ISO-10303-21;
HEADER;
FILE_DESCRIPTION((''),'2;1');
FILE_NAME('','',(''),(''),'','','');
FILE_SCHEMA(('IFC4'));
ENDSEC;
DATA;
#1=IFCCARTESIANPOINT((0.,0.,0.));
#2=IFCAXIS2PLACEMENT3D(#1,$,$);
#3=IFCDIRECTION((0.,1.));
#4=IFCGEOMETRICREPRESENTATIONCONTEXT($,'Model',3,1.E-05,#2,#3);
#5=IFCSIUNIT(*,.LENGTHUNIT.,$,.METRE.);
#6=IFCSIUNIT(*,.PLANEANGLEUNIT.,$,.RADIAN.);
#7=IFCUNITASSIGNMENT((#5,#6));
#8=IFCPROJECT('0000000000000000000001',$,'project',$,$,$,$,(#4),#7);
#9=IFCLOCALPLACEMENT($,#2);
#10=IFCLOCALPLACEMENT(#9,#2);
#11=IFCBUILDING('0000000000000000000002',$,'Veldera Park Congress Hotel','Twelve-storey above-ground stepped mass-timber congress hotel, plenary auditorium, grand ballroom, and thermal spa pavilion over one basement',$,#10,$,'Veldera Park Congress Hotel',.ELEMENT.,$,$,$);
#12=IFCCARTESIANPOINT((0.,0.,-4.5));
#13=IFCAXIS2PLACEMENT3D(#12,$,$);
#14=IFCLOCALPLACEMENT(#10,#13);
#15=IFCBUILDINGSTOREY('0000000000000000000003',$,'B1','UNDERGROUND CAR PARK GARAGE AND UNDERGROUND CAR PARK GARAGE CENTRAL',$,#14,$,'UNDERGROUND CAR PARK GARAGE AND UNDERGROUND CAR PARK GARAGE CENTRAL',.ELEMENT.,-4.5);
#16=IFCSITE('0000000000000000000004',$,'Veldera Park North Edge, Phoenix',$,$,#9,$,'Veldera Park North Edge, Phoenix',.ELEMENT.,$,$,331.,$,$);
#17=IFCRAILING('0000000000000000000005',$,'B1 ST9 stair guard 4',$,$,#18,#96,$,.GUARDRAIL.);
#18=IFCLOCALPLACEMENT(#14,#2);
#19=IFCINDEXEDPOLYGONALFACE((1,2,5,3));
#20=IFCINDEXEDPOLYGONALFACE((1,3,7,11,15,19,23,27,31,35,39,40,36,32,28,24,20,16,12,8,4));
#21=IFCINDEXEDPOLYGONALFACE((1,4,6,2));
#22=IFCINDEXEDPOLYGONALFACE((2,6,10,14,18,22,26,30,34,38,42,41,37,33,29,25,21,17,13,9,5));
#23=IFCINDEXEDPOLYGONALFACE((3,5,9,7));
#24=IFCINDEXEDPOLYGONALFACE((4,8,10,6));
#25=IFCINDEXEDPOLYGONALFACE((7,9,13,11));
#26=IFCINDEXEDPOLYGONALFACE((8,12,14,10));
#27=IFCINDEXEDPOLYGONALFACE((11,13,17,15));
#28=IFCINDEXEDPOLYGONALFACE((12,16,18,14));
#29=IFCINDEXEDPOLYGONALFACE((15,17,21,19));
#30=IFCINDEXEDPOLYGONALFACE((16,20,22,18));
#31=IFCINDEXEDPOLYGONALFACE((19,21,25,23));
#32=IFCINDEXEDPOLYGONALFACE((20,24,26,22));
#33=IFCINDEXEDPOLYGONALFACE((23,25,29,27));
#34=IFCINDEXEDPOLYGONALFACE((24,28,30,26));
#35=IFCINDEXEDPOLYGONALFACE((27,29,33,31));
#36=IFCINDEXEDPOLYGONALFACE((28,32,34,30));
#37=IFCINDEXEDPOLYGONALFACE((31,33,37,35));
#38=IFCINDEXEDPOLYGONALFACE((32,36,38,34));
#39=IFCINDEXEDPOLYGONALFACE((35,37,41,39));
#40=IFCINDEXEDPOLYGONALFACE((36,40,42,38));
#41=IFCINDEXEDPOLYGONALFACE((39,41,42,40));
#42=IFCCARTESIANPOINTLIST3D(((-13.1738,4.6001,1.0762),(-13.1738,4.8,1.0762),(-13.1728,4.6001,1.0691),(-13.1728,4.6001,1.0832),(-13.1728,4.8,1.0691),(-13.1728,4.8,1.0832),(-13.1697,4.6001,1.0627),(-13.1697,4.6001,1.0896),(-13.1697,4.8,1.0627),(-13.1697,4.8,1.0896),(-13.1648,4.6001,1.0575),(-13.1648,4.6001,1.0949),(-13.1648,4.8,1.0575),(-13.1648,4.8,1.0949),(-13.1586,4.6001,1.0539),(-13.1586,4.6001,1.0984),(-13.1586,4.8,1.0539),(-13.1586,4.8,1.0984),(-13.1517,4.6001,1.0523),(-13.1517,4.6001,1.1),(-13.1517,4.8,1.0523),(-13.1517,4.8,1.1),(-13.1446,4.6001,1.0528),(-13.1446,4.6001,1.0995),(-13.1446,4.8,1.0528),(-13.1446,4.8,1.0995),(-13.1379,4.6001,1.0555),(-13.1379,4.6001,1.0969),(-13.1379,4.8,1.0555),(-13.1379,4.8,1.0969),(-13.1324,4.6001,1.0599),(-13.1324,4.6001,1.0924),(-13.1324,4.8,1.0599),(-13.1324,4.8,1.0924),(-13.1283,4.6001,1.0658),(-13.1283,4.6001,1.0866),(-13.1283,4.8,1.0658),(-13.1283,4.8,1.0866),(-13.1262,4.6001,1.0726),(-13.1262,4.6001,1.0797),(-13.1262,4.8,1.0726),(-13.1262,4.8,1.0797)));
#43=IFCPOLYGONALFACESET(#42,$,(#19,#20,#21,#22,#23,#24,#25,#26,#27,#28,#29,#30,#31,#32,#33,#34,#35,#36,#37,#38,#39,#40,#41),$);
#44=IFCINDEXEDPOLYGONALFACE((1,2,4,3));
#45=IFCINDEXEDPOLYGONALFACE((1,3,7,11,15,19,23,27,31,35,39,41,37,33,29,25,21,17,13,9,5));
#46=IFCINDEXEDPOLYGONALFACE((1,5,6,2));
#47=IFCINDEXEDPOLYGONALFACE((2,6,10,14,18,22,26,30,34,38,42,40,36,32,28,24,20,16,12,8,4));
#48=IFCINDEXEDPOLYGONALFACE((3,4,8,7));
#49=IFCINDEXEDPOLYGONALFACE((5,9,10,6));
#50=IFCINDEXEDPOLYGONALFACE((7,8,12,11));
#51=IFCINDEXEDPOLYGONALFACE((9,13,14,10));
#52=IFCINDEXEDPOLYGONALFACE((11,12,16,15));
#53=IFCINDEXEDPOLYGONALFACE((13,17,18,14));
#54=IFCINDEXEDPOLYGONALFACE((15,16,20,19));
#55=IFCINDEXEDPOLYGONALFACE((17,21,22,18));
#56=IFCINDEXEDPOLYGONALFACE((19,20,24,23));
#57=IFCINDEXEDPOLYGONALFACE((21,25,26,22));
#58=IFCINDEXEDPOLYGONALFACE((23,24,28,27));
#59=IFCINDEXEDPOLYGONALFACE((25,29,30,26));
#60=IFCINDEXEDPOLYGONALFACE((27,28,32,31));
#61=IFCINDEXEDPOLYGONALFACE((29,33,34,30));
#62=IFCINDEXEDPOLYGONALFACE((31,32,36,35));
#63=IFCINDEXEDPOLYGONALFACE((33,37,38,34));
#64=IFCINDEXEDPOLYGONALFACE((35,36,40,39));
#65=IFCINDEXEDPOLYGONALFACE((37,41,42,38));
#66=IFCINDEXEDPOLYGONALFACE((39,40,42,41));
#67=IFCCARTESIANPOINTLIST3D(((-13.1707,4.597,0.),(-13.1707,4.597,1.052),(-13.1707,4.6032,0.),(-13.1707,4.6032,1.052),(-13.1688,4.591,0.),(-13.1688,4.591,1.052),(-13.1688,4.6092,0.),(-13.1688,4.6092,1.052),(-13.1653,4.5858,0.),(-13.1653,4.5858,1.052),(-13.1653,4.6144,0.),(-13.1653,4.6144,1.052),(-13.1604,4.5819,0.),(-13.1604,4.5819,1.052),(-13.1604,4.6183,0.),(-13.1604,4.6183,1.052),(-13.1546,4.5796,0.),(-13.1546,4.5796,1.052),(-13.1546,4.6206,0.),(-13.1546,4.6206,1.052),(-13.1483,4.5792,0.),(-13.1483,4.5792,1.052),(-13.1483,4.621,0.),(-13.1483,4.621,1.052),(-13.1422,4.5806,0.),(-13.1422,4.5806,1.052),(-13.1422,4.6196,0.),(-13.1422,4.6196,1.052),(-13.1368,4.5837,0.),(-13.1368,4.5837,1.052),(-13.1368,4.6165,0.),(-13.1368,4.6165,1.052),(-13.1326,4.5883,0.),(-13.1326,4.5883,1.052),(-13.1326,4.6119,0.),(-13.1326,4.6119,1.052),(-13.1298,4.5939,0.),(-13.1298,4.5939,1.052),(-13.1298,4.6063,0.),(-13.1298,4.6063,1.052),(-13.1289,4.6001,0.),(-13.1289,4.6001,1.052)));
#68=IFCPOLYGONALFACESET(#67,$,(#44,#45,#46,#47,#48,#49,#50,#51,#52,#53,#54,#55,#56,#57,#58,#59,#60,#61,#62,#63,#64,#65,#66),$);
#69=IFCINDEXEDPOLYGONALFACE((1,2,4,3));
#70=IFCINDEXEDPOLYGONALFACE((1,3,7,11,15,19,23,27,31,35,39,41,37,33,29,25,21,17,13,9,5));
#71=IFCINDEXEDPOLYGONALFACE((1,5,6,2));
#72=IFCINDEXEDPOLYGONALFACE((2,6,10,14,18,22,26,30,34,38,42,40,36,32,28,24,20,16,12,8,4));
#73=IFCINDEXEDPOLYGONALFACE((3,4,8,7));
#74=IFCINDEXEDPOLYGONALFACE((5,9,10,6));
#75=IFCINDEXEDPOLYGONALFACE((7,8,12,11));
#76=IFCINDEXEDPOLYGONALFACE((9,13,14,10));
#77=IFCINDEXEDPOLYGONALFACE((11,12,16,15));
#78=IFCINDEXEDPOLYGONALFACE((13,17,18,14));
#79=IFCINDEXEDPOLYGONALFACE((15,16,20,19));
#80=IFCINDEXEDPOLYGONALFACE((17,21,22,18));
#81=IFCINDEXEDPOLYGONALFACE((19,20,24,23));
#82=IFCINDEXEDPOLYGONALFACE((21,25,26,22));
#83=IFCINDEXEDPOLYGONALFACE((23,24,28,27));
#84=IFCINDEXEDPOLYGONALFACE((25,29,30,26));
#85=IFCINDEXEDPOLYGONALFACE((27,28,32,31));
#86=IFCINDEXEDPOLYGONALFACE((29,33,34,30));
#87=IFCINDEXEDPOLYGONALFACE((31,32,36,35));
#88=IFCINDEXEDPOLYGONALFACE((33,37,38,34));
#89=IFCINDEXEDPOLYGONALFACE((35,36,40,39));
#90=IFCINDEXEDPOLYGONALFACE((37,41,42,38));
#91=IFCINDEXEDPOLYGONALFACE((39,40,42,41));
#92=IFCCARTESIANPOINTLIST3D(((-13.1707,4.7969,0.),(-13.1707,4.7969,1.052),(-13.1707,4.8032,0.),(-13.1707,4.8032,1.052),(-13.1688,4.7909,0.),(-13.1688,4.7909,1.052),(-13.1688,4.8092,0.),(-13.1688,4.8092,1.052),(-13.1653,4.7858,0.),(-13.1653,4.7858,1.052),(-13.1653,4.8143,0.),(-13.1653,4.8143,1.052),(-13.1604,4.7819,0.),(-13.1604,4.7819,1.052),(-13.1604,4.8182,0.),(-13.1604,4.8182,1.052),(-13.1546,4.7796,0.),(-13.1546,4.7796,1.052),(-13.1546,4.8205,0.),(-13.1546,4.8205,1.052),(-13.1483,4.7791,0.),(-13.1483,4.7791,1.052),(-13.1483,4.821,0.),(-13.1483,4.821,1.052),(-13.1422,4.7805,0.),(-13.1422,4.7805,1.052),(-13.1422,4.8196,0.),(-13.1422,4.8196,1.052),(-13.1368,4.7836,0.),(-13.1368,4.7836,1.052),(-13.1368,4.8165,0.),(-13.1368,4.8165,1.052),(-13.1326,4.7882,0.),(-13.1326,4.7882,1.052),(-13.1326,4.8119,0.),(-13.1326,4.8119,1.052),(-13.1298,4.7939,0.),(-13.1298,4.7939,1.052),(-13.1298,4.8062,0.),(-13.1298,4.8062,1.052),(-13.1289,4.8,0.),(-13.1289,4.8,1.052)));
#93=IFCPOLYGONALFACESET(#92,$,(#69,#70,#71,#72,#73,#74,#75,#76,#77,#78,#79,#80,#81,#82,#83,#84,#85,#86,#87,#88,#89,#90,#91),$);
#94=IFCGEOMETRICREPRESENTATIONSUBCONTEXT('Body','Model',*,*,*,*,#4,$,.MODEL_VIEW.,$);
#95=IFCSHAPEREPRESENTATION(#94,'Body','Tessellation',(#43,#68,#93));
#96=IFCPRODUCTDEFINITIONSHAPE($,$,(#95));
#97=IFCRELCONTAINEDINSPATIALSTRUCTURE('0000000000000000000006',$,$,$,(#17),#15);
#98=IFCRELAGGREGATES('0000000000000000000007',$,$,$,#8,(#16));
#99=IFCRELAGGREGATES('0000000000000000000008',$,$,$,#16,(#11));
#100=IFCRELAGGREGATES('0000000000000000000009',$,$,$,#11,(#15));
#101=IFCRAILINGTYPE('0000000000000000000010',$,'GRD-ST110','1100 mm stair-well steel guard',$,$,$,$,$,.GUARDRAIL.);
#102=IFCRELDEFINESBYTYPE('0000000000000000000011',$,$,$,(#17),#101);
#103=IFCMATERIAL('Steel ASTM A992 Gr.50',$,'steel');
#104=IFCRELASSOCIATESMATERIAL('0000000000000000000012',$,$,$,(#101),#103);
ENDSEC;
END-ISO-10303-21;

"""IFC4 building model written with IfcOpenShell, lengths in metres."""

from ifc_helpers import new_model, si_unit, direction, frame, origin, origin_2d, place, context, subcontext, project, spatial, circle, extrude, material, type_object, element, save


model = new_model("IFC4")

# Units and contexts
model_context = context("Model", 3, precision=1e-05, world=origin(), true_north=direction((0.0, 1.0)))
body_context = subcontext(model_context, "Body", "Model", "MODEL_VIEW")
ifc_project = project(units=[si_unit("LENGTHUNIT", "METRE"), si_unit("PLANEANGLEUNIT", "RADIAN")], contexts=[model_context])

# Site, building, storey
site_placement = place(None, origin())
site = spatial("IfcSite", under=ifc_project, at=site_placement, Name="Veldera Park North Edge, Phoenix", LongName="Veldera Park North Edge, Phoenix", CompositionType="ELEMENT", RefElevation=331.0)
building_placement = place(site_placement, origin())
building = spatial("IfcBuilding", under=site, at=building_placement, Name="Veldera Park Congress Hotel", Description="Twelve-storey above-ground stepped mass-timber congress hotel, plenary auditorium, grand ballroom, and thermal spa pavilion over one basement", LongName="Veldera Park Congress Hotel", CompositionType="ELEMENT")
storey_placement = place(building_placement, frame((0.0, 0.0, -4.5)))
storey = spatial("IfcBuildingStorey", under=building, at=storey_placement, Name="B1", Description="UNDERGROUND CAR PARK GARAGE AND UNDERGROUND CAR PARK GARAGE CENTRAL", LongName="UNDERGROUND CAR PARK GARAGE AND UNDERGROUND CAR PARK GARAGE CENTRAL", CompositionType="ELEMENT", Elevation=-4.5)

# Railing
ifc_material_1 = material(Name="Steel ASTM A992 Gr.50", Category="steel")
railing_type_1 = type_object("IfcRailingType", Name="GRD-ST110", Description="1100 mm stair-well steel guard", PredefinedType="GUARDRAIL", material=ifc_material_1)
railing_1_placement = place(storey_placement, frame((-13.1499, 4.6001, 0.0)))
element("IfcRailing", 1, at=railing_1_placement, inside=storey, type_object=railing_type_1, Name="B1 ST9 stair guard 4", PredefinedType="GUARDRAIL", context=body_context, shape_type="SweptSolid", body=[
    extrude(circle(Radius=0.0239, at=origin_2d()), frame((0.0, 0.0, 1.0762), z_axis=(0.0, 1.0, 0.0), x_axis=(-1.0, 0.0, 0.0)), (0.0, 0.0, 1.0), 0.2),
    extrude(circle(Radius=0.021, at=origin_2d()), origin(), (0.0, 0.0, 1.0), 1.052),
    extrude(circle(Radius=0.021, at=origin_2d()), frame((0.0, 0.2, 0.0)), (0.0, 0.0, 1.0), 1.052),
])

save(model, "model.ifc")
